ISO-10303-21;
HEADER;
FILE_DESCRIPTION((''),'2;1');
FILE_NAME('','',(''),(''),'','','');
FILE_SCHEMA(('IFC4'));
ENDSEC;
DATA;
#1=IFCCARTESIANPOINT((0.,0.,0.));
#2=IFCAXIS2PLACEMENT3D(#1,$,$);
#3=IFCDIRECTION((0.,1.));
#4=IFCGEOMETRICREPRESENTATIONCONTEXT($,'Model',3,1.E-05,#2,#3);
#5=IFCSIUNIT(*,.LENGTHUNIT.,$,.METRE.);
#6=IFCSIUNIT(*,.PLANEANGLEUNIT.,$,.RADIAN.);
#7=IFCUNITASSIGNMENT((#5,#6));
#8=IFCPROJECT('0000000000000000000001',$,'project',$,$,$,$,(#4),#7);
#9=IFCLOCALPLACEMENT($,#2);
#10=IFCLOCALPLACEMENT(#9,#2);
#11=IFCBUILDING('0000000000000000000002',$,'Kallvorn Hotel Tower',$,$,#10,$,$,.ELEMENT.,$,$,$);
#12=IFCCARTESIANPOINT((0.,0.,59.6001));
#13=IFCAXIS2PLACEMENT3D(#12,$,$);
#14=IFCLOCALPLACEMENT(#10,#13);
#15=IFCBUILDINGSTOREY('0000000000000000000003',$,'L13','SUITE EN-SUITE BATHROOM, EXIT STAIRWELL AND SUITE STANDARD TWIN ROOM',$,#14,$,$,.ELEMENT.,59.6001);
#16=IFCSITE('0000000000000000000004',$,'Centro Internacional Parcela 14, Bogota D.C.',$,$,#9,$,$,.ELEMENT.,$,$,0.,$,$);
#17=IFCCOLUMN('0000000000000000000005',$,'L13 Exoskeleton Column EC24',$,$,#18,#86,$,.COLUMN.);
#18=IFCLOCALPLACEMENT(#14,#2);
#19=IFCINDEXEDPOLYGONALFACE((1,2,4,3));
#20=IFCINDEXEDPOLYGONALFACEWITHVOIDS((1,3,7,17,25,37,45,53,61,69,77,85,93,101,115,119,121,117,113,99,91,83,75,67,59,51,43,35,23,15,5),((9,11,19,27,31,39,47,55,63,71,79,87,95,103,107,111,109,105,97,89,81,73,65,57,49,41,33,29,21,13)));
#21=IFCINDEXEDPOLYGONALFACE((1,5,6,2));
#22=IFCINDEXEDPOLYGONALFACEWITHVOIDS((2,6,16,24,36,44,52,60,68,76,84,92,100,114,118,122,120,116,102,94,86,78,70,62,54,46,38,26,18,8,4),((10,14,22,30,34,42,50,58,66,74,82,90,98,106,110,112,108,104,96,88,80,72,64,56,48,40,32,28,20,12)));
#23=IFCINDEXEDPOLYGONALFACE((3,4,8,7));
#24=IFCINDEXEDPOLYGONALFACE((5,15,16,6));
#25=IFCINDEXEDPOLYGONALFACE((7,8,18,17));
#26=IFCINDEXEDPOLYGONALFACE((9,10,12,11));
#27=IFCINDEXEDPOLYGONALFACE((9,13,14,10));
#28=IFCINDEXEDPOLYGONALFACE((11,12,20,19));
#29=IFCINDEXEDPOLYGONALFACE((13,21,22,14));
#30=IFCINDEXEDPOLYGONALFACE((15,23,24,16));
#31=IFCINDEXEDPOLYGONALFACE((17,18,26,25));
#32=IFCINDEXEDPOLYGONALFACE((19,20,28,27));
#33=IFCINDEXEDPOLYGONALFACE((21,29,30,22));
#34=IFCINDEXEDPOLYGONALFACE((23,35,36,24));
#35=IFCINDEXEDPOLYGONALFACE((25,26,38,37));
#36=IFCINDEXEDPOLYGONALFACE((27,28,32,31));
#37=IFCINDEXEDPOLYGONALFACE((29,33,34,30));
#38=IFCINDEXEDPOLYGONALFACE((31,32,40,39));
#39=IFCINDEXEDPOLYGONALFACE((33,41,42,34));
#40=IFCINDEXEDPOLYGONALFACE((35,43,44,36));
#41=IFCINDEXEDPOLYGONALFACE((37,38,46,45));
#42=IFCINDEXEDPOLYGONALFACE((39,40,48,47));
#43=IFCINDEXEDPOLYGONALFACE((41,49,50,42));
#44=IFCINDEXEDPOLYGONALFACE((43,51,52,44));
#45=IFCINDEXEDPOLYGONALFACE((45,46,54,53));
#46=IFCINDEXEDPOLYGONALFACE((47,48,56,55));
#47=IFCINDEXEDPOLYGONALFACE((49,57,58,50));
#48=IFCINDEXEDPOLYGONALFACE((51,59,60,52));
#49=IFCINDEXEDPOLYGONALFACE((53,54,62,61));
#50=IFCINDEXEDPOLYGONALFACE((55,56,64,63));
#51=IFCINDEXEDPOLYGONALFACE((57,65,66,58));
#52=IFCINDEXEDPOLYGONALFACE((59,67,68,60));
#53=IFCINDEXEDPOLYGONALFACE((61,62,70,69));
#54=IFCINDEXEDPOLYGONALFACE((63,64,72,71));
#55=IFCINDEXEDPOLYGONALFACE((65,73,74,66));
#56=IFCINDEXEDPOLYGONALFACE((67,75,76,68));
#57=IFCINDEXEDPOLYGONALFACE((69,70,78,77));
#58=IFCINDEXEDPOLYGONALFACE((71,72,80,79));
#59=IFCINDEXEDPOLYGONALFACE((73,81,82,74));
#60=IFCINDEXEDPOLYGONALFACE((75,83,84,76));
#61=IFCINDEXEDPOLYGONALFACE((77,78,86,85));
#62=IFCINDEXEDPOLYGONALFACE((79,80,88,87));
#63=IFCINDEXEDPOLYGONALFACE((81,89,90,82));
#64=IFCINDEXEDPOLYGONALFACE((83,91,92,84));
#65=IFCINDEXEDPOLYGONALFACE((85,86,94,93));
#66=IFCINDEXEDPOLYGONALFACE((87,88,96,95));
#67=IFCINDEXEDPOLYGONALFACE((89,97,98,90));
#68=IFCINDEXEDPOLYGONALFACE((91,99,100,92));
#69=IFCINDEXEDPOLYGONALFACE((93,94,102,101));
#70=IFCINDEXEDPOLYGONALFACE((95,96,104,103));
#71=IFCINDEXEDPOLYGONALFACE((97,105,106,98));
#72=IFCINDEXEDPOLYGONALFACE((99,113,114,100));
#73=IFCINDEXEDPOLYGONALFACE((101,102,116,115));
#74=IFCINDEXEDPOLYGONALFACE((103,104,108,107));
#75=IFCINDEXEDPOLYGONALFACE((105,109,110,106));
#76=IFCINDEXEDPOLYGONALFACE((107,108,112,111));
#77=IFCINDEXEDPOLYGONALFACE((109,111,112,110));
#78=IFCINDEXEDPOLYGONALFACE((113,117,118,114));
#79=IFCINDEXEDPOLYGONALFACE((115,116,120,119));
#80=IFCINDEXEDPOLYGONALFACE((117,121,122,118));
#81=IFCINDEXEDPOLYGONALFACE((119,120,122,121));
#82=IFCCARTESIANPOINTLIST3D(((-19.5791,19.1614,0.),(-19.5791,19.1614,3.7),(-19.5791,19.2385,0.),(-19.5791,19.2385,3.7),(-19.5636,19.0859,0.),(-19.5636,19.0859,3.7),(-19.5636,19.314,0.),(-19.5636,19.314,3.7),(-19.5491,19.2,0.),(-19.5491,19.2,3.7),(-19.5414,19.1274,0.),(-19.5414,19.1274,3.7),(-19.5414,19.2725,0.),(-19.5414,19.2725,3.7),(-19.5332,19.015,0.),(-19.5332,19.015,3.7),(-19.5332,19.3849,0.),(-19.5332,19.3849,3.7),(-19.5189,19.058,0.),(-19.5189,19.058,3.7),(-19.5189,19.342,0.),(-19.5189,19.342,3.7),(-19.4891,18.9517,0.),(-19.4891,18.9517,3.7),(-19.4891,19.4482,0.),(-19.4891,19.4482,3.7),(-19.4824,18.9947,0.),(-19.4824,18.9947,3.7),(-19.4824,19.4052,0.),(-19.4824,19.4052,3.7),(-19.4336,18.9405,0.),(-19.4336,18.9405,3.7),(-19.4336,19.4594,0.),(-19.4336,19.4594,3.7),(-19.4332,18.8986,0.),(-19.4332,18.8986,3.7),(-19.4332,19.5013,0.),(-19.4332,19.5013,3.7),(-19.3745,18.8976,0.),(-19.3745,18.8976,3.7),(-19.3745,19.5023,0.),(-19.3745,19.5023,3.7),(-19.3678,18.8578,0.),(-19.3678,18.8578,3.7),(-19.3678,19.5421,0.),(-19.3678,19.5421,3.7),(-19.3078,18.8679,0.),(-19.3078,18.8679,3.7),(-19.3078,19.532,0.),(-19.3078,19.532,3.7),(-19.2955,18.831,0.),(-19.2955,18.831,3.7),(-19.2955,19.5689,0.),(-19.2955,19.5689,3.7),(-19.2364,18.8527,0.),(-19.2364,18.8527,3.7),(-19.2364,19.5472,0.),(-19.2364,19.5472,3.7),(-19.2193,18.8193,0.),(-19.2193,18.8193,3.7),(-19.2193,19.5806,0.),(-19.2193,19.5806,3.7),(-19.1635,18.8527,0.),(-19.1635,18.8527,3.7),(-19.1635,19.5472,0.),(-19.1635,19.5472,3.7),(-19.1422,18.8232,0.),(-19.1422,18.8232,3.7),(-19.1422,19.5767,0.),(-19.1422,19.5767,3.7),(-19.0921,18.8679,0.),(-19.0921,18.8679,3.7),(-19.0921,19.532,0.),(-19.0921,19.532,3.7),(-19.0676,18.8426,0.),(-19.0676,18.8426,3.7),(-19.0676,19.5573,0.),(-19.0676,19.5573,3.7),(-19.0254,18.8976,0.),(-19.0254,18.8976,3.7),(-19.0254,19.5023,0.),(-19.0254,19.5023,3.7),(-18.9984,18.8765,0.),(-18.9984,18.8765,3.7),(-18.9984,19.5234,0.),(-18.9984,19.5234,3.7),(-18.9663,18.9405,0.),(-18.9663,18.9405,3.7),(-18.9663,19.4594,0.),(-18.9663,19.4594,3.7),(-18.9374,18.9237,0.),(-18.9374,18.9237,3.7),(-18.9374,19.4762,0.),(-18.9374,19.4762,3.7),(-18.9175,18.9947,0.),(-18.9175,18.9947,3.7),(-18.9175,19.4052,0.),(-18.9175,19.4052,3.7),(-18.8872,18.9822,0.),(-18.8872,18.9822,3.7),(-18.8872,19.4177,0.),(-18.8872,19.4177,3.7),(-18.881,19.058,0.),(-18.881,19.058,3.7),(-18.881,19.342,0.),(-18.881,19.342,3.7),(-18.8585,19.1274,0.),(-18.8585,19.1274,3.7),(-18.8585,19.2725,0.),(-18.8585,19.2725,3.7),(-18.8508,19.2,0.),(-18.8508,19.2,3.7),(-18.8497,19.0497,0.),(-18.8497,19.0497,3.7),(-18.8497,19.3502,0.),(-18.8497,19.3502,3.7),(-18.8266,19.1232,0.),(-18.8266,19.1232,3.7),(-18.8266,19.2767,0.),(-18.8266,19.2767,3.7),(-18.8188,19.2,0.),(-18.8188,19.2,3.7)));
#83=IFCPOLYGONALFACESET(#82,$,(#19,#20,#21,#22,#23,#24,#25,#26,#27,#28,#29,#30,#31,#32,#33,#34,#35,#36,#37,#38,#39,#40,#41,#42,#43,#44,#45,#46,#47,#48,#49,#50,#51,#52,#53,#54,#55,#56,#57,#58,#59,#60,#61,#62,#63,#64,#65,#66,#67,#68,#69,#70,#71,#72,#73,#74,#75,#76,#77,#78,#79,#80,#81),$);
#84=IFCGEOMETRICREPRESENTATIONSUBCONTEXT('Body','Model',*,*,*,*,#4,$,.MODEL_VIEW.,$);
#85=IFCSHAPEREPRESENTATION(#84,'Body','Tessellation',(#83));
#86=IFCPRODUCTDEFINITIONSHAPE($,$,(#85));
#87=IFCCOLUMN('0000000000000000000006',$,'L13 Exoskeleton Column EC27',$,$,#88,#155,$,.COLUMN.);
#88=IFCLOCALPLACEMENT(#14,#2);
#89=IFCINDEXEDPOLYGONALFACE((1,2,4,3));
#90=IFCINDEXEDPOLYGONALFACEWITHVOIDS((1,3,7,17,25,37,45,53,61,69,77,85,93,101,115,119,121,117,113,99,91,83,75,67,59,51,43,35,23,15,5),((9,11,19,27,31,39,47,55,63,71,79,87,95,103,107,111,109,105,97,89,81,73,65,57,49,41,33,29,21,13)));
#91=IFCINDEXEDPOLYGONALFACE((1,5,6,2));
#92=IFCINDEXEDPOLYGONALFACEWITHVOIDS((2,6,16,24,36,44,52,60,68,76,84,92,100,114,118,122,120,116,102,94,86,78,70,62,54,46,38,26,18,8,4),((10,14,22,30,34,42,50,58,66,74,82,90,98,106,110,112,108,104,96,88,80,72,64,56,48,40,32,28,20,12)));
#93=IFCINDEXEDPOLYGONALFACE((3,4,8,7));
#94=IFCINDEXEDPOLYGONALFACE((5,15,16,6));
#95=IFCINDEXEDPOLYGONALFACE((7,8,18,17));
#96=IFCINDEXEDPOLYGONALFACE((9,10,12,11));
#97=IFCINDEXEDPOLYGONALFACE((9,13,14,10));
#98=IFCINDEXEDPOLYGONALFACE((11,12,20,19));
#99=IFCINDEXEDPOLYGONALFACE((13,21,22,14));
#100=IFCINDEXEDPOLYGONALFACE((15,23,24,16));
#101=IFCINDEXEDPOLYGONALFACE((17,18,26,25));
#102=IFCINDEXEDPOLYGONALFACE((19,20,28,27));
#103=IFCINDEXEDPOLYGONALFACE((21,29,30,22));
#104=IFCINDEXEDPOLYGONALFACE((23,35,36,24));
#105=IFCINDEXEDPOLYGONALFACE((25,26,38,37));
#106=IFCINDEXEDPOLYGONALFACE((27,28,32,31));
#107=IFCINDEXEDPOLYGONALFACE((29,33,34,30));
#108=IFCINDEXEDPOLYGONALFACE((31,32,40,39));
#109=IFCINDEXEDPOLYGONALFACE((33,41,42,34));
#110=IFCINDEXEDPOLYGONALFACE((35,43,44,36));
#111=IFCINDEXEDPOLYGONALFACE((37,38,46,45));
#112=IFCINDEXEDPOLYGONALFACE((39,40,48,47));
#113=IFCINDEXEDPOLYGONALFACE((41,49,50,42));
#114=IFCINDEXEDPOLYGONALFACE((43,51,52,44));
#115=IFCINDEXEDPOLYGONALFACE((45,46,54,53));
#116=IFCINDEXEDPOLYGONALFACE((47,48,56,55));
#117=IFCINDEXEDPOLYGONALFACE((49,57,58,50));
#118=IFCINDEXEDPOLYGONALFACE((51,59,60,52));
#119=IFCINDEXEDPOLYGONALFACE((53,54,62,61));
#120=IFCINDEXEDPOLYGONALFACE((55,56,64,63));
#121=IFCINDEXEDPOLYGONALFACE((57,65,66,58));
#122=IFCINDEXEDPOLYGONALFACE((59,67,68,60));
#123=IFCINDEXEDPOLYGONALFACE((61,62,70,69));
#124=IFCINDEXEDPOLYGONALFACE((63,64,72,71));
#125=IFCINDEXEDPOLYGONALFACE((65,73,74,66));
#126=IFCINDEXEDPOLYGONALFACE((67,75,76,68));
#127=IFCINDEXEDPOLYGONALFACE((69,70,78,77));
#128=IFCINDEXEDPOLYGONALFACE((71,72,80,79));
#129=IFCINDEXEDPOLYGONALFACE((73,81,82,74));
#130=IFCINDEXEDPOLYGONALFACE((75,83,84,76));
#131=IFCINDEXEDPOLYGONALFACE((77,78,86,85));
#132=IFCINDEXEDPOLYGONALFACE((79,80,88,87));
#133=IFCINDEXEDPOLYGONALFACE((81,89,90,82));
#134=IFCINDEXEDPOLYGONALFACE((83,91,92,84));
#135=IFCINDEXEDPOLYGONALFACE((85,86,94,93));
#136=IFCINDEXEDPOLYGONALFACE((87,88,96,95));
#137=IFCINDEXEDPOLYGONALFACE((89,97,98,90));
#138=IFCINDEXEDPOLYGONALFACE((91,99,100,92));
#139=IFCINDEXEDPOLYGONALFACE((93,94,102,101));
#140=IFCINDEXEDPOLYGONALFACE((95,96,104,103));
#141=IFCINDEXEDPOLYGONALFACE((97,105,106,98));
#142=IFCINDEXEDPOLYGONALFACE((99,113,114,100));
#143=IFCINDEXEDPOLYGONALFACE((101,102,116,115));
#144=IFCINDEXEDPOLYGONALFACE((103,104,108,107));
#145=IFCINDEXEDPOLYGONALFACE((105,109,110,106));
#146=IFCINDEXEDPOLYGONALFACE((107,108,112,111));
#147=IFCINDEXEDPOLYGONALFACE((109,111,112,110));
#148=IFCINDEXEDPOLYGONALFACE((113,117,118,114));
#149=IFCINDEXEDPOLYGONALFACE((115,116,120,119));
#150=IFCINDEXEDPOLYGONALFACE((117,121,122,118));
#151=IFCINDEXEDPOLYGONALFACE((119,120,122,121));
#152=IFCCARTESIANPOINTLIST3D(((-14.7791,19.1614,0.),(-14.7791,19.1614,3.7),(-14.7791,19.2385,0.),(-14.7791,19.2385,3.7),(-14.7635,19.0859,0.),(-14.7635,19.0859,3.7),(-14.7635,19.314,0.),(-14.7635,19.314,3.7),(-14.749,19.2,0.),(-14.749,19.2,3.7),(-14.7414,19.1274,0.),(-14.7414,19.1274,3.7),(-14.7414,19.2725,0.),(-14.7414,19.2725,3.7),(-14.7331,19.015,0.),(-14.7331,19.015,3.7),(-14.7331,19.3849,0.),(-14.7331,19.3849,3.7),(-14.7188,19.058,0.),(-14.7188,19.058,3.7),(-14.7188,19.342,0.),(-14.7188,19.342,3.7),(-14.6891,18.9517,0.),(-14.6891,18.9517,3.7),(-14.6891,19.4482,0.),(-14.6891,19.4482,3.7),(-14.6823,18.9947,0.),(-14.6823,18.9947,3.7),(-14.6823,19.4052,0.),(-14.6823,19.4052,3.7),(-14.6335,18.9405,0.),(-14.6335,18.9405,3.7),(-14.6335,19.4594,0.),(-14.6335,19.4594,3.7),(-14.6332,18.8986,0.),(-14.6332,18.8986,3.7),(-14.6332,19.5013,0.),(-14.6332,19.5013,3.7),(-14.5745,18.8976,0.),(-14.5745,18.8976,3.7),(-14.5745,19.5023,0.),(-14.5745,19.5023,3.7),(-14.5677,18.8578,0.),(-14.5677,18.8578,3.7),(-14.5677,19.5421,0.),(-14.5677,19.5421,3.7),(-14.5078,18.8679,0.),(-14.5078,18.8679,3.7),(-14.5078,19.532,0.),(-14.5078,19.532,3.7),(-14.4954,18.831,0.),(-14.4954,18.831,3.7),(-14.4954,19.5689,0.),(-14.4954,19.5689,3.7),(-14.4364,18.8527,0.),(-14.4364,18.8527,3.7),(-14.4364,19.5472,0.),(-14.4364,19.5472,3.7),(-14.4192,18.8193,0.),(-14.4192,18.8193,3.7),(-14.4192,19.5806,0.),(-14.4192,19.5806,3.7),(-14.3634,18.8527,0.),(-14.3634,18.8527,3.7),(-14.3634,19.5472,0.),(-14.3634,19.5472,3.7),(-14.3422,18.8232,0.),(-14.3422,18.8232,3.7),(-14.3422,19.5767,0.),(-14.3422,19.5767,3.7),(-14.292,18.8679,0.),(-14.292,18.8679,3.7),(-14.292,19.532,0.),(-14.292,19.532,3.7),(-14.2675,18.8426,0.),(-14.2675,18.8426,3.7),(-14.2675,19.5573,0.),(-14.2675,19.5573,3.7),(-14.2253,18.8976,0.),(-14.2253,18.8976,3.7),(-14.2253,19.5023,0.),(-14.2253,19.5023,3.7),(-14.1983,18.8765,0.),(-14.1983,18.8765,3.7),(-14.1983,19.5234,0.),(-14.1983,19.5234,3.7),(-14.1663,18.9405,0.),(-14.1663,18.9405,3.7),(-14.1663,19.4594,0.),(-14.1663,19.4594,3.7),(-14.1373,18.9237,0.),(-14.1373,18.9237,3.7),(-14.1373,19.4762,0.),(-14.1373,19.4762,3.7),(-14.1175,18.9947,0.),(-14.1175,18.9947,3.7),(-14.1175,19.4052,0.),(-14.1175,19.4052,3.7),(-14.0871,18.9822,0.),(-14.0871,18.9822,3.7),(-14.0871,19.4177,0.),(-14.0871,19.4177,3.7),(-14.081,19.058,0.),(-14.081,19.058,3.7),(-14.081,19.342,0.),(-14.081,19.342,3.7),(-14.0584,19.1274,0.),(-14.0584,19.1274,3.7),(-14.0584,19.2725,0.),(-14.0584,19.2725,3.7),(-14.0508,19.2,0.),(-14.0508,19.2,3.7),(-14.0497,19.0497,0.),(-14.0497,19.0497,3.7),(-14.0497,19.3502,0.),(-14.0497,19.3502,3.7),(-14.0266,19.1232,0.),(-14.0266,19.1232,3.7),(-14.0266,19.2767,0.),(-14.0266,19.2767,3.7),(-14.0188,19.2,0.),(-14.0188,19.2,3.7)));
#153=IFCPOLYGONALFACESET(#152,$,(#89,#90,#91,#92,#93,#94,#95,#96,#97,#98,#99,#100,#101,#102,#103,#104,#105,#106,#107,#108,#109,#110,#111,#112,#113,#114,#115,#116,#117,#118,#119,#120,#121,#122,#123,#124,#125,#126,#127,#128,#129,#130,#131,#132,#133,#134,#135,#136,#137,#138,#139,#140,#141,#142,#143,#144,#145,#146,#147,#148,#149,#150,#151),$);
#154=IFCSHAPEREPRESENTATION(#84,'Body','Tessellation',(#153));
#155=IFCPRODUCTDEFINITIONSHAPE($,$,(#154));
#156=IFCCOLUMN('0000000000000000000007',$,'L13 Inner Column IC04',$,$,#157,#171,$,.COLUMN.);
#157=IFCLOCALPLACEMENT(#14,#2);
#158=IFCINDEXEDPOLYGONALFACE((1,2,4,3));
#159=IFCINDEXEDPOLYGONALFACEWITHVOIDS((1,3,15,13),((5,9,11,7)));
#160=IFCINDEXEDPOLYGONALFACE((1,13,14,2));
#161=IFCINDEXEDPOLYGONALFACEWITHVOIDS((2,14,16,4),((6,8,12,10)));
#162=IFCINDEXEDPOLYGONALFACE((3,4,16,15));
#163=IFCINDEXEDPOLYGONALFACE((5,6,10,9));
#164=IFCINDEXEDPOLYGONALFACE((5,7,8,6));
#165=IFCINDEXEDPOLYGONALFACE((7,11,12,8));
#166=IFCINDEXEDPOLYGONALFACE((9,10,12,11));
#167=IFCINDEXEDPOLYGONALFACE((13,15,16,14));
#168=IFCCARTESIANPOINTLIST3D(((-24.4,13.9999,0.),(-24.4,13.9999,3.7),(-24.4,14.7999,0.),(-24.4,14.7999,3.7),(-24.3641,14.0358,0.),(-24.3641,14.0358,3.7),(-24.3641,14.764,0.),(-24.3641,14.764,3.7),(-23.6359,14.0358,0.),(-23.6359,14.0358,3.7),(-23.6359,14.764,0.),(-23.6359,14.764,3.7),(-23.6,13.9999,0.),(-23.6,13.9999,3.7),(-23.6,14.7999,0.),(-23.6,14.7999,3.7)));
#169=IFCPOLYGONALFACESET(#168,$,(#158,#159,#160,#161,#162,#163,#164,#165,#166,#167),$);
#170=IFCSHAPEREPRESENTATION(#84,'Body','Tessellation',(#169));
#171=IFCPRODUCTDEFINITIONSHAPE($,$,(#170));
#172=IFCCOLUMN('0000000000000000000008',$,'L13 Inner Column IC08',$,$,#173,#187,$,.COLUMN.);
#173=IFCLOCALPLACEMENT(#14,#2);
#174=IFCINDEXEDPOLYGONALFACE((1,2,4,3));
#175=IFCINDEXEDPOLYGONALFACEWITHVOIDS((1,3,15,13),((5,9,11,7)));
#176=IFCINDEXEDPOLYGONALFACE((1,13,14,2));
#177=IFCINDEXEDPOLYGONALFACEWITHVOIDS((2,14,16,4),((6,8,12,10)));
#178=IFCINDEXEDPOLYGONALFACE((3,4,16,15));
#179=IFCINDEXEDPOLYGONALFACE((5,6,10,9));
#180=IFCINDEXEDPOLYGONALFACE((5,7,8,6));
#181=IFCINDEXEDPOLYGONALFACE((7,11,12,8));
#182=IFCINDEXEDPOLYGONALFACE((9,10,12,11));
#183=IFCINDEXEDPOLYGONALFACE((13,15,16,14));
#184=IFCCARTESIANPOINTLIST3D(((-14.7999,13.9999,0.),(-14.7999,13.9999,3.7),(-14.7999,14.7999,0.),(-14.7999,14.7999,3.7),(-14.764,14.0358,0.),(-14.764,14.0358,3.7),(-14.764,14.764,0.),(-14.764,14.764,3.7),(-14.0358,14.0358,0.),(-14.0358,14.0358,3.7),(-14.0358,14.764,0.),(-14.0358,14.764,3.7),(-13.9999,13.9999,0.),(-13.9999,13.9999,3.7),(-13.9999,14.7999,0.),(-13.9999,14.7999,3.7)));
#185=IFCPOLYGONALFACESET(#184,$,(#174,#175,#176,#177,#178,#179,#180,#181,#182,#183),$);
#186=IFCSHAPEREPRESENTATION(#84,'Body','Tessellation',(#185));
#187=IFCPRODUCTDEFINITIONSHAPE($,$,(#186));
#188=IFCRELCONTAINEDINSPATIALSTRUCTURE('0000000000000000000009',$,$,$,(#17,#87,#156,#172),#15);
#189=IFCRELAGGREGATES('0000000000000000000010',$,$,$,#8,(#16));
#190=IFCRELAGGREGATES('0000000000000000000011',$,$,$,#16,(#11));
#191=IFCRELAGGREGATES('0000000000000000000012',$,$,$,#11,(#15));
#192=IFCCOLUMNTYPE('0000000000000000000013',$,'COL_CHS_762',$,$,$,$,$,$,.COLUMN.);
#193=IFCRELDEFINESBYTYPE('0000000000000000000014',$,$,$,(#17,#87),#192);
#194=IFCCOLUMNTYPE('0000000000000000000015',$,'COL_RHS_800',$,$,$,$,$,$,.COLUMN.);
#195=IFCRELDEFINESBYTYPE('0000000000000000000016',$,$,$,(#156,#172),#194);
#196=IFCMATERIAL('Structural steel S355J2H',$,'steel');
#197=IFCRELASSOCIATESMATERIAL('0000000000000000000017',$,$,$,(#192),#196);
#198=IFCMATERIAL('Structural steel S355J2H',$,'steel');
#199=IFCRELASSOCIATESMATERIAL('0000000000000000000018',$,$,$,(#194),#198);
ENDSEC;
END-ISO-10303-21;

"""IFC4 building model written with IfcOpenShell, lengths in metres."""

from ifc_helpers import new_model, si_unit, direction, frame, origin, origin_2d, place, context, subcontext, project, spatial, hollow_rectangle, hollow_circle, extrude, material, material_profile, profile_set, type_object, element, save


model = new_model("IFC4")

# Units and contexts
model_context = context("Model", 3, precision=1e-05, world=origin(), true_north=direction((0.0, 1.0)))
body_context = subcontext(model_context, "Body", "Model", "MODEL_VIEW")
ifc_project = project(units=[si_unit("LENGTHUNIT", "METRE"), si_unit("PLANEANGLEUNIT", "RADIAN")], contexts=[model_context])

# Site, building, storey
site_placement = place(None, origin())
site = spatial("IfcSite", under=ifc_project, at=site_placement, Name="Centro Internacional Parcela 14, Bogota D.C.", CompositionType="ELEMENT", RefElevation=0.0)
building_placement = place(site_placement, origin())
building = spatial("IfcBuilding", under=site, at=building_placement, Name="Kallvorn Hotel Tower", CompositionType="ELEMENT")
storey_placement = place(building_placement, frame((0.0, 0.0, 59.6001)))
storey = spatial("IfcBuildingStorey", under=building, at=storey_placement, Name="L13", Description="SUITE EN-SUITE BATHROOM, EXIT STAIRWELL AND SUITE STANDARD TWIN ROOM", CompositionType="ELEMENT", Elevation=59.6001)

# Columns
ifc_material_1 = material(Name="Structural steel S355J2H", Category="steel")
ifc_material_profile_1 = material_profile(ifc_material_1, hollow_circle(Radius=0.3811, WallThickness=0.032, at=origin_2d()), Name="CHS 762x32")
ifc_profile_set_1 = profile_set([ifc_material_profile_1], Name="Structural steel S355J2H")
column_type_1 = type_object("IfcColumnType", Name="COL_CHS_762", PredefinedType="COLUMN", material=ifc_profile_set_1)
for number, where, z_axis, x_axis, name in (
    (1, (-19.2, 19.2, 0.0), (0.0, 0.0, 1.0), (1.0, 0.0, 0.0), "L13 Exoskeleton Column EC24"),
    (2, (-14.3999, 19.2, 0.0), (0.0, 0.0, 1.0), (1.0, 0.0, 0.0), "L13 Exoskeleton Column EC27"),
):
    element("IfcColumn", number, at=place(storey_placement, frame(where, z_axis=z_axis, x_axis=x_axis)), inside=storey, type_object=column_type_1, Name=name, PredefinedType="COLUMN", context=body_context, shape_type="SweptSolid", body=[
        extrude(hollow_circle(Radius=0.3811, WallThickness=0.032, at=origin_2d()), origin(), (0.0, 0.0, 1.0), 3.7),
    ])
ifc_material_2 = material(Name="Structural steel S355J2H", Category="steel")
ifc_material_profile_2 = material_profile(ifc_material_2, hollow_rectangle(XDim=0.8, YDim=0.8, WallThickness=0.0359, at=origin_2d()), Name="RHS 800x800x36")
ifc_profile_set_2 = profile_set([ifc_material_profile_2], Name="Structural steel S355J2H")
column_type_2 = type_object("IfcColumnType", Name="COL_RHS_800", PredefinedType="COLUMN", material=ifc_profile_set_2)
for number, where, z_axis, x_axis, name in (
    (3, (-24.0, 14.3999, 0.0), (0.0, 0.0, 1.0), (1.0, 0.0, 0.0), "L13 Inner Column IC04"),
    (4, (-14.3999, 14.3999, 0.0), (0.0, 0.0, 1.0), (1.0, 0.0, 0.0), "L13 Inner Column IC08"),
):
    element("IfcColumn", number, at=place(storey_placement, frame(where, z_axis=z_axis, x_axis=x_axis)), inside=storey, type_object=column_type_2, Name=name, PredefinedType="COLUMN", context=body_context, shape_type="SweptSolid", body=[
        extrude(hollow_rectangle(XDim=0.8, YDim=0.8, WallThickness=0.0359, at=origin_2d()), origin(), (0.0, 0.0, 1.0), 3.7),
    ])

save(model, "model.ifc")
